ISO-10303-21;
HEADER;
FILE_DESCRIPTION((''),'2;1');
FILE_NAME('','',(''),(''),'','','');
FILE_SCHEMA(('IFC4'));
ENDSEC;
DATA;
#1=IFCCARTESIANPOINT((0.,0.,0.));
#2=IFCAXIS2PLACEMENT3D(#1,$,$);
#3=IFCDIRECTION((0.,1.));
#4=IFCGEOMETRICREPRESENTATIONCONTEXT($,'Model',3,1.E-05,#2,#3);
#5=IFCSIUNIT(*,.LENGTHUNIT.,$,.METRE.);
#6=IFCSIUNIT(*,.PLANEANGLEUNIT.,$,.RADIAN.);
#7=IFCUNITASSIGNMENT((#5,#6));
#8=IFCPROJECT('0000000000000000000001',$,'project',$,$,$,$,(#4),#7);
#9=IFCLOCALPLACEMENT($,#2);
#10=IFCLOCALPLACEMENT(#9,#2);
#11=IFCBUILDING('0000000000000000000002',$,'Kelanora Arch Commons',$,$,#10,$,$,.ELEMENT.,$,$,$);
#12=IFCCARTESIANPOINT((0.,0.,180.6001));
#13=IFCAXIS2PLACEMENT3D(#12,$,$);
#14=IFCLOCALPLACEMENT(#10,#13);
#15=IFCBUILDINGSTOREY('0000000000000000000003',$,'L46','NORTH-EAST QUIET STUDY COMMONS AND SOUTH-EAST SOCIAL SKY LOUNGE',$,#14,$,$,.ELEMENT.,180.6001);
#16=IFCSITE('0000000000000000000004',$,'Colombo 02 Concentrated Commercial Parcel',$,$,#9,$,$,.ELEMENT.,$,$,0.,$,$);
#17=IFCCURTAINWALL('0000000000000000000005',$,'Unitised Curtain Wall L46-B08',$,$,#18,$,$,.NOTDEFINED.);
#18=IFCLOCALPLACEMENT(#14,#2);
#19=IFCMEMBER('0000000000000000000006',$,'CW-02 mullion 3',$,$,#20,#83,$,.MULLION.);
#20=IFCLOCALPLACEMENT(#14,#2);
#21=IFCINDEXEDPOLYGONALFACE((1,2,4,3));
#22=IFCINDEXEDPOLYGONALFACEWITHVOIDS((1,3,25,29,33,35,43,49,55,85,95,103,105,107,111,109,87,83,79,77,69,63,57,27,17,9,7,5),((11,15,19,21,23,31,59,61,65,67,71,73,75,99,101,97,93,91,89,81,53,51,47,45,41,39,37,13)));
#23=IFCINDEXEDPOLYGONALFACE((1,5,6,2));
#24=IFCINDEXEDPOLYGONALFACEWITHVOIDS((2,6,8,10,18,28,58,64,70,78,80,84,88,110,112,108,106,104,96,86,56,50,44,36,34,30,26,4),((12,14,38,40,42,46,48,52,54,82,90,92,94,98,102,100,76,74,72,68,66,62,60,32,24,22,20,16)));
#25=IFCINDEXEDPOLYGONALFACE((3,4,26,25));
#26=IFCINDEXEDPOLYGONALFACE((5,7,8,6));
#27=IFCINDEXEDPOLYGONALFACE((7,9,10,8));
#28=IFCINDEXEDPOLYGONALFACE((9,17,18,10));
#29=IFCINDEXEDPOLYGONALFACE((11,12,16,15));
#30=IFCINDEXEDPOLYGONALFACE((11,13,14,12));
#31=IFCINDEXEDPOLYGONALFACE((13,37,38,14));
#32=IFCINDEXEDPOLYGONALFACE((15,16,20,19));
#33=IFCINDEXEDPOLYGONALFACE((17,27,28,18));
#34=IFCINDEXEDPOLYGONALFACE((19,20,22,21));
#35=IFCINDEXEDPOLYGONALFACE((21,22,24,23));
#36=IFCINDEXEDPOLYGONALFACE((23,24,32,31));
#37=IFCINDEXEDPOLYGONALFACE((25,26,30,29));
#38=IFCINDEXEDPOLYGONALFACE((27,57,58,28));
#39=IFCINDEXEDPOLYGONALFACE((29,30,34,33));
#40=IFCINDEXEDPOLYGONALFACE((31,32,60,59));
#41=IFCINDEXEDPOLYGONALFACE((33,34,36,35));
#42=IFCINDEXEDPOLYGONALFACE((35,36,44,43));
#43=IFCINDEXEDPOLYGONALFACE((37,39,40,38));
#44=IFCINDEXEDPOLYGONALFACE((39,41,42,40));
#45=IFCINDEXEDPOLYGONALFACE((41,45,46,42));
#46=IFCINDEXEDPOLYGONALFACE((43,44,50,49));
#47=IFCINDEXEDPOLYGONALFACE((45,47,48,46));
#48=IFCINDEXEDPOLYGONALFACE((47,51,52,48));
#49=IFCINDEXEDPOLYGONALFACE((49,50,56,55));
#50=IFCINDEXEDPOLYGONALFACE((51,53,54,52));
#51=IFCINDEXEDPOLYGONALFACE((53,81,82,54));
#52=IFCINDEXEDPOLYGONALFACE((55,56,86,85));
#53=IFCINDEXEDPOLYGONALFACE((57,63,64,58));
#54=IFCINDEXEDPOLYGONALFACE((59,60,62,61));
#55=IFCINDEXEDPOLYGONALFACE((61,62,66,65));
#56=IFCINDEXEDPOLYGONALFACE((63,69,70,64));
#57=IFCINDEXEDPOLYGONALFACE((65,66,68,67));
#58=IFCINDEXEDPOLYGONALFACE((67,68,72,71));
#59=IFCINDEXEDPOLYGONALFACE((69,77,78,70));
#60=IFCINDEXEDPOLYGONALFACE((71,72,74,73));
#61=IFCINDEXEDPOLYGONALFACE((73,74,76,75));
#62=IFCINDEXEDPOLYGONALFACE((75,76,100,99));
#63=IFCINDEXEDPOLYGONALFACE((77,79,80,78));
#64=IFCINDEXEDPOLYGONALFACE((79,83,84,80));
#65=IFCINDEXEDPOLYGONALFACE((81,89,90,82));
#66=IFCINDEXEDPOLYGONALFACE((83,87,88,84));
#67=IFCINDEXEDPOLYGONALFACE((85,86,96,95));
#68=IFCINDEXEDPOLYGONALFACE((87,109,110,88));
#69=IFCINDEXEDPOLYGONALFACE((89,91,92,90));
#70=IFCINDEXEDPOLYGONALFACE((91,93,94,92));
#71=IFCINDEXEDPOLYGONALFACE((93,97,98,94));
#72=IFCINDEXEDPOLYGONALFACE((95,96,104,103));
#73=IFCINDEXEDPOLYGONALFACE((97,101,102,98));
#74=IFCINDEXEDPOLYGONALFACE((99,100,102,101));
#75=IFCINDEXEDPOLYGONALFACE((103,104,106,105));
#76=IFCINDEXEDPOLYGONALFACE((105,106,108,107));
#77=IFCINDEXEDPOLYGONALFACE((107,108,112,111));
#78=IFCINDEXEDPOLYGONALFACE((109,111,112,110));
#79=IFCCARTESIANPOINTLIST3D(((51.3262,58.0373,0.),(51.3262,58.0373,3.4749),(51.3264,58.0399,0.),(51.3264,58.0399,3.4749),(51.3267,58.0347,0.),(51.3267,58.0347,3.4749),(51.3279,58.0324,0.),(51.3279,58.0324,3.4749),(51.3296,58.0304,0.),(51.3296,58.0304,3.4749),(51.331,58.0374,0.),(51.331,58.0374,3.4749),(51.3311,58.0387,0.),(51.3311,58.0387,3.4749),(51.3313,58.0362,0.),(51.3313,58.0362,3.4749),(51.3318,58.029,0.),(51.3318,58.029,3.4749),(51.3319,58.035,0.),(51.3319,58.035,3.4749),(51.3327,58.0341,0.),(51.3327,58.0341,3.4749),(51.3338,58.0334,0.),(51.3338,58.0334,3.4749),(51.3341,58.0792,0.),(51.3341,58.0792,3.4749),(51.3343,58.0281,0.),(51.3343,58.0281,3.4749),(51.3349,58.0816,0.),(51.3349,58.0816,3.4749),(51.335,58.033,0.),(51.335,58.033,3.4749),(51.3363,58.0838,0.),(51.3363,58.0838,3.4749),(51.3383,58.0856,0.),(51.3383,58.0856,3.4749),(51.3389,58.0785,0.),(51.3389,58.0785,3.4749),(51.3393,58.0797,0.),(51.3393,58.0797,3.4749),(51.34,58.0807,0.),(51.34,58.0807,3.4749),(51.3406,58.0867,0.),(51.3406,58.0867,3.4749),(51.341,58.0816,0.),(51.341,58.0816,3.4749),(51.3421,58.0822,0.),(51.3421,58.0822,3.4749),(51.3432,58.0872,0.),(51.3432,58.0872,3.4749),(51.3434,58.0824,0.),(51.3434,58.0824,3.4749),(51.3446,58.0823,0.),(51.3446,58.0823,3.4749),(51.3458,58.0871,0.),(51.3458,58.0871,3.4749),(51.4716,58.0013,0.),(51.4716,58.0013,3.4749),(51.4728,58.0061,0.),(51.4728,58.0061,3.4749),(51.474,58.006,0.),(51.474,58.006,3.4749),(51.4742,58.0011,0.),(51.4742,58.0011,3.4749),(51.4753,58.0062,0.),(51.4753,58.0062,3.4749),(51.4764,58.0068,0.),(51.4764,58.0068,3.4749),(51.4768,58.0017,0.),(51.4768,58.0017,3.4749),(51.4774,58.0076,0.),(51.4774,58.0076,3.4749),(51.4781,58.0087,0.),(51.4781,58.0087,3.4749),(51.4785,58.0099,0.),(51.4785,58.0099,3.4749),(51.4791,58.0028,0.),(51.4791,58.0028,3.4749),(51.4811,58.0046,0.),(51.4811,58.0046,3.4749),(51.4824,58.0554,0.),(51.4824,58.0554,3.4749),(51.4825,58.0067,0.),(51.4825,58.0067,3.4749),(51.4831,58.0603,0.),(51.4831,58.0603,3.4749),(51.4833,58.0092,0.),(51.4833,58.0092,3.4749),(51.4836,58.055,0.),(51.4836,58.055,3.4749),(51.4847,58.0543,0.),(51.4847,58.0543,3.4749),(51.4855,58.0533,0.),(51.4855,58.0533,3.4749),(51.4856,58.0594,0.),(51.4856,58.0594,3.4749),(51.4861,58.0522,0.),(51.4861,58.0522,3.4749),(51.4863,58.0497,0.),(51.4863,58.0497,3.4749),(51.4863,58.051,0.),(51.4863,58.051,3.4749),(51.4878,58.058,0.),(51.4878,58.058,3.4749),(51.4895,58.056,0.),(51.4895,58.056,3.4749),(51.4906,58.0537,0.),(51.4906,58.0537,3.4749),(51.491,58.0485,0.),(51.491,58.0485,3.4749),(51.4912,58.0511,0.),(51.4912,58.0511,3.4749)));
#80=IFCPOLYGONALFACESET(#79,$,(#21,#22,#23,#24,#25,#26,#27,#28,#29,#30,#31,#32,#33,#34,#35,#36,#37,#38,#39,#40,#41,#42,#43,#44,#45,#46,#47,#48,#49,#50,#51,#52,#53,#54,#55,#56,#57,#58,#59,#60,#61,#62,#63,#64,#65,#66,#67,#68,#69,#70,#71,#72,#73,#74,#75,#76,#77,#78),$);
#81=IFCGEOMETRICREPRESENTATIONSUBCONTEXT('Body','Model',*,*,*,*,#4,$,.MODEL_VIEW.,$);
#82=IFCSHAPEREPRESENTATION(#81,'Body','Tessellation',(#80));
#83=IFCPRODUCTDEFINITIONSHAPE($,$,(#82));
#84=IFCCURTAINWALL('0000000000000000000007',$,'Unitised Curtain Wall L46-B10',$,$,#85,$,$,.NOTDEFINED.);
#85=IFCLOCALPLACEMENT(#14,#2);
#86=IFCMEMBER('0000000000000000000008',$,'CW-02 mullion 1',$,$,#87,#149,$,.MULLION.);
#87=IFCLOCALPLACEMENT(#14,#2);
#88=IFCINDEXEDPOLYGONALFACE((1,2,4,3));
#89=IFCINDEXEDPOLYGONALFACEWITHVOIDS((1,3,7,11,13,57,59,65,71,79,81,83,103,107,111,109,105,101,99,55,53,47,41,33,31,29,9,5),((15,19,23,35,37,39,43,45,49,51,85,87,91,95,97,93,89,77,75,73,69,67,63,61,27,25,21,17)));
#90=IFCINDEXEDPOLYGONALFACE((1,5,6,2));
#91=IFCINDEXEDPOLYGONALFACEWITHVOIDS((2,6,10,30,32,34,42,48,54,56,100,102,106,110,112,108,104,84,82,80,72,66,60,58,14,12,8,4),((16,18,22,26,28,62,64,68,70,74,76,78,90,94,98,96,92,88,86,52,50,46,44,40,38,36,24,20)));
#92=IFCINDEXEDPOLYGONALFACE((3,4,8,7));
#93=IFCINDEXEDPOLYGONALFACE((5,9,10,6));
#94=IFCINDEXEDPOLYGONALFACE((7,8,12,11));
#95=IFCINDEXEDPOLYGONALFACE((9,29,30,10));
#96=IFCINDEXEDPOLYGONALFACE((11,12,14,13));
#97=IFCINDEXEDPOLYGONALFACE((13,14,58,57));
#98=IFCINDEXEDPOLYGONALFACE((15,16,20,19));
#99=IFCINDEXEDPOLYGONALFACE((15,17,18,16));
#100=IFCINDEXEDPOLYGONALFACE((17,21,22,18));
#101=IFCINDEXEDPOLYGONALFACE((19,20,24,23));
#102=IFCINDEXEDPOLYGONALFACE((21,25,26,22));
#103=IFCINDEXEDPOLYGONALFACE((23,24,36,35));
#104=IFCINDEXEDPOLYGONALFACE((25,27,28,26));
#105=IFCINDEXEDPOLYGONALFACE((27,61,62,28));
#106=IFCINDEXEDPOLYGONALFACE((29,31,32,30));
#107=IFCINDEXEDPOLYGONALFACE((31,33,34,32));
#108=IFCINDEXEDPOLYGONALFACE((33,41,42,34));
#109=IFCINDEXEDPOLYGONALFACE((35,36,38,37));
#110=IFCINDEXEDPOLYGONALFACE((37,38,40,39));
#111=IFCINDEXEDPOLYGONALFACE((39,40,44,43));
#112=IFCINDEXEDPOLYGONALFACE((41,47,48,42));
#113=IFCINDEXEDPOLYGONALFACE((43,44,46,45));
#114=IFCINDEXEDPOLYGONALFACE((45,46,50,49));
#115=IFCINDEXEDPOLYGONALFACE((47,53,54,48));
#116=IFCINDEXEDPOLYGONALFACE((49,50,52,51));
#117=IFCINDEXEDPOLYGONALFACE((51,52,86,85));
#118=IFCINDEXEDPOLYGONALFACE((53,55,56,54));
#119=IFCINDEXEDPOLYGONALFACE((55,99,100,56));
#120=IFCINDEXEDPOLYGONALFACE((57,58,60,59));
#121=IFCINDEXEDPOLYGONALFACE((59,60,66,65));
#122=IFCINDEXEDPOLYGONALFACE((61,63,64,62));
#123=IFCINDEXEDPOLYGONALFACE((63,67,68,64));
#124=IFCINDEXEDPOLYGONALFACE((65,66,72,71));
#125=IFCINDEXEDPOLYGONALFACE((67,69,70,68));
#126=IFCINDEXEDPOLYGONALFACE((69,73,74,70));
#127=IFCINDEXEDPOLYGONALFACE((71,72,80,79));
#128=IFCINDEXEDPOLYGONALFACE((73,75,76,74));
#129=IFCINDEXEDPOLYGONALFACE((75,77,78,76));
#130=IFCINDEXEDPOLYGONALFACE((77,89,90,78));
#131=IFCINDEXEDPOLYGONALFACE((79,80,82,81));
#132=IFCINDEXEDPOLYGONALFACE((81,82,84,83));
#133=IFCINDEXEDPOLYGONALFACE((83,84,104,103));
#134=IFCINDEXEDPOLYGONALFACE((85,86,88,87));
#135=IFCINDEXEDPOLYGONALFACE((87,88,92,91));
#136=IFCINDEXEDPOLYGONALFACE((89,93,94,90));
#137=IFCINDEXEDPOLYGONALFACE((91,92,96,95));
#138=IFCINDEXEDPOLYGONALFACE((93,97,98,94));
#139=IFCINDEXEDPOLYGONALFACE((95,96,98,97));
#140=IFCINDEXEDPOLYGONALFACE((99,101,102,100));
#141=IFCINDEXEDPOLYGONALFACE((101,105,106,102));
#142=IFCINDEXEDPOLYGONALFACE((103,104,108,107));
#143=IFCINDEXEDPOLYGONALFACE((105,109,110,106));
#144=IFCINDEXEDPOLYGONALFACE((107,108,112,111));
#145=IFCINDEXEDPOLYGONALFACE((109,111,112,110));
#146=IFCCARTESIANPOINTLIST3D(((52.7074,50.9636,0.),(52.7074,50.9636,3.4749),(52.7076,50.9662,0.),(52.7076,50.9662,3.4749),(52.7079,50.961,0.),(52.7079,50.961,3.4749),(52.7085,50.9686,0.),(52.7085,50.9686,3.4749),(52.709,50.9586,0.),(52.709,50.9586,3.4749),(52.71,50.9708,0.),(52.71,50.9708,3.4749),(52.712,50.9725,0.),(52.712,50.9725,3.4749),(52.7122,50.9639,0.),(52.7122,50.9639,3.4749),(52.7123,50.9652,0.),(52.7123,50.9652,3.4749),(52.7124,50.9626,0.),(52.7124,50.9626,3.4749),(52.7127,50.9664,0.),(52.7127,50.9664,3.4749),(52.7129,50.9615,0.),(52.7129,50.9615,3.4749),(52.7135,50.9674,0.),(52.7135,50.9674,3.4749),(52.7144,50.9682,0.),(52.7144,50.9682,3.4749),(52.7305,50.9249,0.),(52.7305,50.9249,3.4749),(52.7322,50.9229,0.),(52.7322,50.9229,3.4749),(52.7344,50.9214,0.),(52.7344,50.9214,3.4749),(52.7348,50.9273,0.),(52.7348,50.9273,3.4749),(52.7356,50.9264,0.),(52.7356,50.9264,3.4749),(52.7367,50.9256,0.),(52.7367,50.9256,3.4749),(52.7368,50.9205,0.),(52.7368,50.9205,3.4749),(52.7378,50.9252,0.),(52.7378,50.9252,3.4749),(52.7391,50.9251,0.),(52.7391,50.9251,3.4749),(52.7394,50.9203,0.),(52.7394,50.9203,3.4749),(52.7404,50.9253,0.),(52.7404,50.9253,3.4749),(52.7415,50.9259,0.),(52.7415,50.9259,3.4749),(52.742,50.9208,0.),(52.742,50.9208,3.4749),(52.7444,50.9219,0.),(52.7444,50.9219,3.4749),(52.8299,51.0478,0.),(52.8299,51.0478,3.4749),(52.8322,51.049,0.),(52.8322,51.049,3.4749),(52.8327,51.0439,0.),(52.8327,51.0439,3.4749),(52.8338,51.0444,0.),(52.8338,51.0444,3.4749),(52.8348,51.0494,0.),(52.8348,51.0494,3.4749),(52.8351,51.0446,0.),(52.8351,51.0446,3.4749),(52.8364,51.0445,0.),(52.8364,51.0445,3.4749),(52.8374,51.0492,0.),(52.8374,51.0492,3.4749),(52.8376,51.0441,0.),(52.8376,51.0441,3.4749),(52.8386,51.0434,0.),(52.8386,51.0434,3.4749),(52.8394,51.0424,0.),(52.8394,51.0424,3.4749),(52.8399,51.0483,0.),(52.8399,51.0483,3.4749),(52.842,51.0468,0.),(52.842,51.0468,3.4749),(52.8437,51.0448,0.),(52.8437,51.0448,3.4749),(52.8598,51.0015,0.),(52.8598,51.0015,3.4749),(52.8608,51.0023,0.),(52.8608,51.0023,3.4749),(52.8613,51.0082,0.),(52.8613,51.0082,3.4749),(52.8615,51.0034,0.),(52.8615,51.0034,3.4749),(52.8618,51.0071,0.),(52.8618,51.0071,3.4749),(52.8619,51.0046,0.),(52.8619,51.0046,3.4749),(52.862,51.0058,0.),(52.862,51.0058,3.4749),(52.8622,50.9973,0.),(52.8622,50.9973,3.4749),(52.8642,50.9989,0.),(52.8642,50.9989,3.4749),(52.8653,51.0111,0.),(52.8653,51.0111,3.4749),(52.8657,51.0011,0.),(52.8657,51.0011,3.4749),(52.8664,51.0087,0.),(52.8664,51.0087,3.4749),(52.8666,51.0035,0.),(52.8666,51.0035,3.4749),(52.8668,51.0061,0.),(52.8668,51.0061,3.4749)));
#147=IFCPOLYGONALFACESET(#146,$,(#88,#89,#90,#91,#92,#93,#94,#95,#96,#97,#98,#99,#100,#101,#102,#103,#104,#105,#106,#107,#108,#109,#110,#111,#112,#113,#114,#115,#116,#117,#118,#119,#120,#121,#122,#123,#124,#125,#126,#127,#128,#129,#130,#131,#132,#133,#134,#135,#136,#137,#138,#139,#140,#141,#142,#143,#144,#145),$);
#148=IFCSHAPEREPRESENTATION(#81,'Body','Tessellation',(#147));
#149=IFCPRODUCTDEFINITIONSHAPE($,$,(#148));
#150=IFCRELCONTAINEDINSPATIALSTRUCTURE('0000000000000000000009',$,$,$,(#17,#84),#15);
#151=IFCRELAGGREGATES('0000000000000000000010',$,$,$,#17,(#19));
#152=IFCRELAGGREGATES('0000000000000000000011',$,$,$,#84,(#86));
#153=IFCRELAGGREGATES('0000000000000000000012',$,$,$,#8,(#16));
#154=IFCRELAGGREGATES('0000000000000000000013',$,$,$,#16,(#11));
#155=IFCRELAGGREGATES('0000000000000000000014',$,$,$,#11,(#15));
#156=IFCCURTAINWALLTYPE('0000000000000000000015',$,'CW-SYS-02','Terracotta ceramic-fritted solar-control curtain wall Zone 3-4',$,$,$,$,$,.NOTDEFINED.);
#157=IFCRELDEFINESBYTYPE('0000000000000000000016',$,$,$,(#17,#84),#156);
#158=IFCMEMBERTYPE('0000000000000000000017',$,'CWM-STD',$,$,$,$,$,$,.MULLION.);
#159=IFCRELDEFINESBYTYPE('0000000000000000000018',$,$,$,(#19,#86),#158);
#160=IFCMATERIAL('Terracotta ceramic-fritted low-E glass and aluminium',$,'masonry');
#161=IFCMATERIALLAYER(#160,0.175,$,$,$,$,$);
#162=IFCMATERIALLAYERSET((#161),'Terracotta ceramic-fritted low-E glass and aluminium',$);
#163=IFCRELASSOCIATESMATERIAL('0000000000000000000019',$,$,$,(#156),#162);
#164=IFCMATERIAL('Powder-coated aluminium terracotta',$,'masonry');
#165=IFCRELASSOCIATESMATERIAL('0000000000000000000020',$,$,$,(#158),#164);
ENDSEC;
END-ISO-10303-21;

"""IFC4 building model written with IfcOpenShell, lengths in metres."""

from ifc_helpers import new_model, si_unit, direction, frame, origin, origin_2d, place, context, subcontext, project, spatial, hollow_rectangle, extrude, material, layer, layer_set, material_profile, profile_set, type_object, element, aggregate, save


model = new_model("IFC4")

# Units and contexts
model_context = context("Model", 3, precision=1e-05, world=origin(), true_north=direction((0.0, 1.0)))
body_context = subcontext(model_context, "Body", "Model", "MODEL_VIEW")
ifc_project = project(units=[si_unit("LENGTHUNIT", "METRE"), si_unit("PLANEANGLEUNIT", "RADIAN")], contexts=[model_context])

# Site, building, storey
site_placement = place(None, origin())
site = spatial("IfcSite", under=ifc_project, at=site_placement, Name="Colombo 02 Concentrated Commercial Parcel", CompositionType="ELEMENT", RefElevation=0.0)
building_placement = place(site_placement, origin())
building = spatial("IfcBuilding", under=site, at=building_placement, Name="Kelanora Arch Commons", CompositionType="ELEMENT")
storey_placement = place(building_placement, frame((0.0, 0.0, 180.6001)))
storey = spatial("IfcBuildingStorey", under=building, at=storey_placement, Name="L46", Description="NORTH-EAST QUIET STUDY COMMONS AND SOUTH-EAST SOCIAL SKY LOUNGE", CompositionType="ELEMENT", Elevation=180.6001)

# Curtain wall, member
ifc_material_1 = material(Name="Terracotta ceramic-fritted low-E glass and aluminium", Category="masonry")
ifc_layer_1 = layer(ifc_material_1, 0.175)
ifc_layer_set_1 = layer_set([ifc_layer_1], Name="Terracotta ceramic-fritted low-E glass and aluminium")
curtain_wall_type = type_object("IfcCurtainWallType", Name="CW-SYS-02", Description="Terracotta ceramic-fritted solar-control curtain wall Zone 3-4", PredefinedType="NOTDEFINED", material=ifc_layer_set_1)
curtain_wall_1_placement = place(storey_placement, origin())
curtain_wall_1 = element("IfcCurtainWall", 1, at=curtain_wall_1_placement, inside=storey, type_object=curtain_wall_type, Name="Unitised Curtain Wall L46-B08", PredefinedType="NOTDEFINED")
ifc_material_2 = material(Name="Powder-coated aluminium terracotta", Category="masonry")
ifc_material_profile_1 = material_profile(ifc_material_2, hollow_rectangle(XDim=0.1599, YDim=0.0601, WallThickness=0.0049, InnerFilletRadius=0.0049, OuterFilletRadius=0.01, at=origin_2d()), Name="CWM160x60")
ifc_profile_set_1 = profile_set([ifc_material_profile_1], Name="Powder-coated aluminium terracotta")
member_type_1 = type_object("IfcMemberType", Name="CWM-STD", PredefinedType="MULLION", material=ifc_profile_set_1)
member_1_placement = place(storey_placement, frame((51.4087, 58.0442, 0.0), z_axis=(0.0, 0.0, 1.0), x_axis=(0.981453, -0.191705, 0.0)))
member_1 = element("IfcMember", 2, at=member_1_placement, type_object=member_type_1, Name="CW-02 mullion 3", PredefinedType="MULLION", context=body_context, shape_type="SweptSolid", body=[
    extrude(hollow_rectangle(XDim=0.1599, YDim=0.0601, WallThickness=0.0049, InnerFilletRadius=0.0049, OuterFilletRadius=0.01, at=origin_2d()), origin(), (0.0, 0.0, 1.0), 3.4749),
])
aggregate(curtain_wall_1, [member_1])

# Curtain wall, member
curtain_wall_2_placement = place(storey_placement, origin())
curtain_wall_2 = element("IfcCurtainWall", 3, at=curtain_wall_2_placement, inside=storey, type_object=curtain_wall_type, Name="Unitised Curtain Wall L46-B10", PredefinedType="NOTDEFINED")
member_2_placement = place(storey_placement, frame((52.7871, 50.9849, 0.0), z_axis=(0.0, 0.0, 1.0), x_axis=(0.842423, 0.538817, 0.0)))
member_2 = element("IfcMember", 4, at=member_2_placement, type_object=member_type_1, Name="CW-02 mullion 1", PredefinedType="MULLION", context=body_context, shape_type="SweptSolid", body=[
    extrude(hollow_rectangle(XDim=0.1599, YDim=0.0601, WallThickness=0.0049, InnerFilletRadius=0.0049, OuterFilletRadius=0.01, at=origin_2d()), origin(), (0.0, 0.0, 1.0), 3.4749),
])

aggregate(curtain_wall_2, [member_2])

save(model, "model.ifc")
